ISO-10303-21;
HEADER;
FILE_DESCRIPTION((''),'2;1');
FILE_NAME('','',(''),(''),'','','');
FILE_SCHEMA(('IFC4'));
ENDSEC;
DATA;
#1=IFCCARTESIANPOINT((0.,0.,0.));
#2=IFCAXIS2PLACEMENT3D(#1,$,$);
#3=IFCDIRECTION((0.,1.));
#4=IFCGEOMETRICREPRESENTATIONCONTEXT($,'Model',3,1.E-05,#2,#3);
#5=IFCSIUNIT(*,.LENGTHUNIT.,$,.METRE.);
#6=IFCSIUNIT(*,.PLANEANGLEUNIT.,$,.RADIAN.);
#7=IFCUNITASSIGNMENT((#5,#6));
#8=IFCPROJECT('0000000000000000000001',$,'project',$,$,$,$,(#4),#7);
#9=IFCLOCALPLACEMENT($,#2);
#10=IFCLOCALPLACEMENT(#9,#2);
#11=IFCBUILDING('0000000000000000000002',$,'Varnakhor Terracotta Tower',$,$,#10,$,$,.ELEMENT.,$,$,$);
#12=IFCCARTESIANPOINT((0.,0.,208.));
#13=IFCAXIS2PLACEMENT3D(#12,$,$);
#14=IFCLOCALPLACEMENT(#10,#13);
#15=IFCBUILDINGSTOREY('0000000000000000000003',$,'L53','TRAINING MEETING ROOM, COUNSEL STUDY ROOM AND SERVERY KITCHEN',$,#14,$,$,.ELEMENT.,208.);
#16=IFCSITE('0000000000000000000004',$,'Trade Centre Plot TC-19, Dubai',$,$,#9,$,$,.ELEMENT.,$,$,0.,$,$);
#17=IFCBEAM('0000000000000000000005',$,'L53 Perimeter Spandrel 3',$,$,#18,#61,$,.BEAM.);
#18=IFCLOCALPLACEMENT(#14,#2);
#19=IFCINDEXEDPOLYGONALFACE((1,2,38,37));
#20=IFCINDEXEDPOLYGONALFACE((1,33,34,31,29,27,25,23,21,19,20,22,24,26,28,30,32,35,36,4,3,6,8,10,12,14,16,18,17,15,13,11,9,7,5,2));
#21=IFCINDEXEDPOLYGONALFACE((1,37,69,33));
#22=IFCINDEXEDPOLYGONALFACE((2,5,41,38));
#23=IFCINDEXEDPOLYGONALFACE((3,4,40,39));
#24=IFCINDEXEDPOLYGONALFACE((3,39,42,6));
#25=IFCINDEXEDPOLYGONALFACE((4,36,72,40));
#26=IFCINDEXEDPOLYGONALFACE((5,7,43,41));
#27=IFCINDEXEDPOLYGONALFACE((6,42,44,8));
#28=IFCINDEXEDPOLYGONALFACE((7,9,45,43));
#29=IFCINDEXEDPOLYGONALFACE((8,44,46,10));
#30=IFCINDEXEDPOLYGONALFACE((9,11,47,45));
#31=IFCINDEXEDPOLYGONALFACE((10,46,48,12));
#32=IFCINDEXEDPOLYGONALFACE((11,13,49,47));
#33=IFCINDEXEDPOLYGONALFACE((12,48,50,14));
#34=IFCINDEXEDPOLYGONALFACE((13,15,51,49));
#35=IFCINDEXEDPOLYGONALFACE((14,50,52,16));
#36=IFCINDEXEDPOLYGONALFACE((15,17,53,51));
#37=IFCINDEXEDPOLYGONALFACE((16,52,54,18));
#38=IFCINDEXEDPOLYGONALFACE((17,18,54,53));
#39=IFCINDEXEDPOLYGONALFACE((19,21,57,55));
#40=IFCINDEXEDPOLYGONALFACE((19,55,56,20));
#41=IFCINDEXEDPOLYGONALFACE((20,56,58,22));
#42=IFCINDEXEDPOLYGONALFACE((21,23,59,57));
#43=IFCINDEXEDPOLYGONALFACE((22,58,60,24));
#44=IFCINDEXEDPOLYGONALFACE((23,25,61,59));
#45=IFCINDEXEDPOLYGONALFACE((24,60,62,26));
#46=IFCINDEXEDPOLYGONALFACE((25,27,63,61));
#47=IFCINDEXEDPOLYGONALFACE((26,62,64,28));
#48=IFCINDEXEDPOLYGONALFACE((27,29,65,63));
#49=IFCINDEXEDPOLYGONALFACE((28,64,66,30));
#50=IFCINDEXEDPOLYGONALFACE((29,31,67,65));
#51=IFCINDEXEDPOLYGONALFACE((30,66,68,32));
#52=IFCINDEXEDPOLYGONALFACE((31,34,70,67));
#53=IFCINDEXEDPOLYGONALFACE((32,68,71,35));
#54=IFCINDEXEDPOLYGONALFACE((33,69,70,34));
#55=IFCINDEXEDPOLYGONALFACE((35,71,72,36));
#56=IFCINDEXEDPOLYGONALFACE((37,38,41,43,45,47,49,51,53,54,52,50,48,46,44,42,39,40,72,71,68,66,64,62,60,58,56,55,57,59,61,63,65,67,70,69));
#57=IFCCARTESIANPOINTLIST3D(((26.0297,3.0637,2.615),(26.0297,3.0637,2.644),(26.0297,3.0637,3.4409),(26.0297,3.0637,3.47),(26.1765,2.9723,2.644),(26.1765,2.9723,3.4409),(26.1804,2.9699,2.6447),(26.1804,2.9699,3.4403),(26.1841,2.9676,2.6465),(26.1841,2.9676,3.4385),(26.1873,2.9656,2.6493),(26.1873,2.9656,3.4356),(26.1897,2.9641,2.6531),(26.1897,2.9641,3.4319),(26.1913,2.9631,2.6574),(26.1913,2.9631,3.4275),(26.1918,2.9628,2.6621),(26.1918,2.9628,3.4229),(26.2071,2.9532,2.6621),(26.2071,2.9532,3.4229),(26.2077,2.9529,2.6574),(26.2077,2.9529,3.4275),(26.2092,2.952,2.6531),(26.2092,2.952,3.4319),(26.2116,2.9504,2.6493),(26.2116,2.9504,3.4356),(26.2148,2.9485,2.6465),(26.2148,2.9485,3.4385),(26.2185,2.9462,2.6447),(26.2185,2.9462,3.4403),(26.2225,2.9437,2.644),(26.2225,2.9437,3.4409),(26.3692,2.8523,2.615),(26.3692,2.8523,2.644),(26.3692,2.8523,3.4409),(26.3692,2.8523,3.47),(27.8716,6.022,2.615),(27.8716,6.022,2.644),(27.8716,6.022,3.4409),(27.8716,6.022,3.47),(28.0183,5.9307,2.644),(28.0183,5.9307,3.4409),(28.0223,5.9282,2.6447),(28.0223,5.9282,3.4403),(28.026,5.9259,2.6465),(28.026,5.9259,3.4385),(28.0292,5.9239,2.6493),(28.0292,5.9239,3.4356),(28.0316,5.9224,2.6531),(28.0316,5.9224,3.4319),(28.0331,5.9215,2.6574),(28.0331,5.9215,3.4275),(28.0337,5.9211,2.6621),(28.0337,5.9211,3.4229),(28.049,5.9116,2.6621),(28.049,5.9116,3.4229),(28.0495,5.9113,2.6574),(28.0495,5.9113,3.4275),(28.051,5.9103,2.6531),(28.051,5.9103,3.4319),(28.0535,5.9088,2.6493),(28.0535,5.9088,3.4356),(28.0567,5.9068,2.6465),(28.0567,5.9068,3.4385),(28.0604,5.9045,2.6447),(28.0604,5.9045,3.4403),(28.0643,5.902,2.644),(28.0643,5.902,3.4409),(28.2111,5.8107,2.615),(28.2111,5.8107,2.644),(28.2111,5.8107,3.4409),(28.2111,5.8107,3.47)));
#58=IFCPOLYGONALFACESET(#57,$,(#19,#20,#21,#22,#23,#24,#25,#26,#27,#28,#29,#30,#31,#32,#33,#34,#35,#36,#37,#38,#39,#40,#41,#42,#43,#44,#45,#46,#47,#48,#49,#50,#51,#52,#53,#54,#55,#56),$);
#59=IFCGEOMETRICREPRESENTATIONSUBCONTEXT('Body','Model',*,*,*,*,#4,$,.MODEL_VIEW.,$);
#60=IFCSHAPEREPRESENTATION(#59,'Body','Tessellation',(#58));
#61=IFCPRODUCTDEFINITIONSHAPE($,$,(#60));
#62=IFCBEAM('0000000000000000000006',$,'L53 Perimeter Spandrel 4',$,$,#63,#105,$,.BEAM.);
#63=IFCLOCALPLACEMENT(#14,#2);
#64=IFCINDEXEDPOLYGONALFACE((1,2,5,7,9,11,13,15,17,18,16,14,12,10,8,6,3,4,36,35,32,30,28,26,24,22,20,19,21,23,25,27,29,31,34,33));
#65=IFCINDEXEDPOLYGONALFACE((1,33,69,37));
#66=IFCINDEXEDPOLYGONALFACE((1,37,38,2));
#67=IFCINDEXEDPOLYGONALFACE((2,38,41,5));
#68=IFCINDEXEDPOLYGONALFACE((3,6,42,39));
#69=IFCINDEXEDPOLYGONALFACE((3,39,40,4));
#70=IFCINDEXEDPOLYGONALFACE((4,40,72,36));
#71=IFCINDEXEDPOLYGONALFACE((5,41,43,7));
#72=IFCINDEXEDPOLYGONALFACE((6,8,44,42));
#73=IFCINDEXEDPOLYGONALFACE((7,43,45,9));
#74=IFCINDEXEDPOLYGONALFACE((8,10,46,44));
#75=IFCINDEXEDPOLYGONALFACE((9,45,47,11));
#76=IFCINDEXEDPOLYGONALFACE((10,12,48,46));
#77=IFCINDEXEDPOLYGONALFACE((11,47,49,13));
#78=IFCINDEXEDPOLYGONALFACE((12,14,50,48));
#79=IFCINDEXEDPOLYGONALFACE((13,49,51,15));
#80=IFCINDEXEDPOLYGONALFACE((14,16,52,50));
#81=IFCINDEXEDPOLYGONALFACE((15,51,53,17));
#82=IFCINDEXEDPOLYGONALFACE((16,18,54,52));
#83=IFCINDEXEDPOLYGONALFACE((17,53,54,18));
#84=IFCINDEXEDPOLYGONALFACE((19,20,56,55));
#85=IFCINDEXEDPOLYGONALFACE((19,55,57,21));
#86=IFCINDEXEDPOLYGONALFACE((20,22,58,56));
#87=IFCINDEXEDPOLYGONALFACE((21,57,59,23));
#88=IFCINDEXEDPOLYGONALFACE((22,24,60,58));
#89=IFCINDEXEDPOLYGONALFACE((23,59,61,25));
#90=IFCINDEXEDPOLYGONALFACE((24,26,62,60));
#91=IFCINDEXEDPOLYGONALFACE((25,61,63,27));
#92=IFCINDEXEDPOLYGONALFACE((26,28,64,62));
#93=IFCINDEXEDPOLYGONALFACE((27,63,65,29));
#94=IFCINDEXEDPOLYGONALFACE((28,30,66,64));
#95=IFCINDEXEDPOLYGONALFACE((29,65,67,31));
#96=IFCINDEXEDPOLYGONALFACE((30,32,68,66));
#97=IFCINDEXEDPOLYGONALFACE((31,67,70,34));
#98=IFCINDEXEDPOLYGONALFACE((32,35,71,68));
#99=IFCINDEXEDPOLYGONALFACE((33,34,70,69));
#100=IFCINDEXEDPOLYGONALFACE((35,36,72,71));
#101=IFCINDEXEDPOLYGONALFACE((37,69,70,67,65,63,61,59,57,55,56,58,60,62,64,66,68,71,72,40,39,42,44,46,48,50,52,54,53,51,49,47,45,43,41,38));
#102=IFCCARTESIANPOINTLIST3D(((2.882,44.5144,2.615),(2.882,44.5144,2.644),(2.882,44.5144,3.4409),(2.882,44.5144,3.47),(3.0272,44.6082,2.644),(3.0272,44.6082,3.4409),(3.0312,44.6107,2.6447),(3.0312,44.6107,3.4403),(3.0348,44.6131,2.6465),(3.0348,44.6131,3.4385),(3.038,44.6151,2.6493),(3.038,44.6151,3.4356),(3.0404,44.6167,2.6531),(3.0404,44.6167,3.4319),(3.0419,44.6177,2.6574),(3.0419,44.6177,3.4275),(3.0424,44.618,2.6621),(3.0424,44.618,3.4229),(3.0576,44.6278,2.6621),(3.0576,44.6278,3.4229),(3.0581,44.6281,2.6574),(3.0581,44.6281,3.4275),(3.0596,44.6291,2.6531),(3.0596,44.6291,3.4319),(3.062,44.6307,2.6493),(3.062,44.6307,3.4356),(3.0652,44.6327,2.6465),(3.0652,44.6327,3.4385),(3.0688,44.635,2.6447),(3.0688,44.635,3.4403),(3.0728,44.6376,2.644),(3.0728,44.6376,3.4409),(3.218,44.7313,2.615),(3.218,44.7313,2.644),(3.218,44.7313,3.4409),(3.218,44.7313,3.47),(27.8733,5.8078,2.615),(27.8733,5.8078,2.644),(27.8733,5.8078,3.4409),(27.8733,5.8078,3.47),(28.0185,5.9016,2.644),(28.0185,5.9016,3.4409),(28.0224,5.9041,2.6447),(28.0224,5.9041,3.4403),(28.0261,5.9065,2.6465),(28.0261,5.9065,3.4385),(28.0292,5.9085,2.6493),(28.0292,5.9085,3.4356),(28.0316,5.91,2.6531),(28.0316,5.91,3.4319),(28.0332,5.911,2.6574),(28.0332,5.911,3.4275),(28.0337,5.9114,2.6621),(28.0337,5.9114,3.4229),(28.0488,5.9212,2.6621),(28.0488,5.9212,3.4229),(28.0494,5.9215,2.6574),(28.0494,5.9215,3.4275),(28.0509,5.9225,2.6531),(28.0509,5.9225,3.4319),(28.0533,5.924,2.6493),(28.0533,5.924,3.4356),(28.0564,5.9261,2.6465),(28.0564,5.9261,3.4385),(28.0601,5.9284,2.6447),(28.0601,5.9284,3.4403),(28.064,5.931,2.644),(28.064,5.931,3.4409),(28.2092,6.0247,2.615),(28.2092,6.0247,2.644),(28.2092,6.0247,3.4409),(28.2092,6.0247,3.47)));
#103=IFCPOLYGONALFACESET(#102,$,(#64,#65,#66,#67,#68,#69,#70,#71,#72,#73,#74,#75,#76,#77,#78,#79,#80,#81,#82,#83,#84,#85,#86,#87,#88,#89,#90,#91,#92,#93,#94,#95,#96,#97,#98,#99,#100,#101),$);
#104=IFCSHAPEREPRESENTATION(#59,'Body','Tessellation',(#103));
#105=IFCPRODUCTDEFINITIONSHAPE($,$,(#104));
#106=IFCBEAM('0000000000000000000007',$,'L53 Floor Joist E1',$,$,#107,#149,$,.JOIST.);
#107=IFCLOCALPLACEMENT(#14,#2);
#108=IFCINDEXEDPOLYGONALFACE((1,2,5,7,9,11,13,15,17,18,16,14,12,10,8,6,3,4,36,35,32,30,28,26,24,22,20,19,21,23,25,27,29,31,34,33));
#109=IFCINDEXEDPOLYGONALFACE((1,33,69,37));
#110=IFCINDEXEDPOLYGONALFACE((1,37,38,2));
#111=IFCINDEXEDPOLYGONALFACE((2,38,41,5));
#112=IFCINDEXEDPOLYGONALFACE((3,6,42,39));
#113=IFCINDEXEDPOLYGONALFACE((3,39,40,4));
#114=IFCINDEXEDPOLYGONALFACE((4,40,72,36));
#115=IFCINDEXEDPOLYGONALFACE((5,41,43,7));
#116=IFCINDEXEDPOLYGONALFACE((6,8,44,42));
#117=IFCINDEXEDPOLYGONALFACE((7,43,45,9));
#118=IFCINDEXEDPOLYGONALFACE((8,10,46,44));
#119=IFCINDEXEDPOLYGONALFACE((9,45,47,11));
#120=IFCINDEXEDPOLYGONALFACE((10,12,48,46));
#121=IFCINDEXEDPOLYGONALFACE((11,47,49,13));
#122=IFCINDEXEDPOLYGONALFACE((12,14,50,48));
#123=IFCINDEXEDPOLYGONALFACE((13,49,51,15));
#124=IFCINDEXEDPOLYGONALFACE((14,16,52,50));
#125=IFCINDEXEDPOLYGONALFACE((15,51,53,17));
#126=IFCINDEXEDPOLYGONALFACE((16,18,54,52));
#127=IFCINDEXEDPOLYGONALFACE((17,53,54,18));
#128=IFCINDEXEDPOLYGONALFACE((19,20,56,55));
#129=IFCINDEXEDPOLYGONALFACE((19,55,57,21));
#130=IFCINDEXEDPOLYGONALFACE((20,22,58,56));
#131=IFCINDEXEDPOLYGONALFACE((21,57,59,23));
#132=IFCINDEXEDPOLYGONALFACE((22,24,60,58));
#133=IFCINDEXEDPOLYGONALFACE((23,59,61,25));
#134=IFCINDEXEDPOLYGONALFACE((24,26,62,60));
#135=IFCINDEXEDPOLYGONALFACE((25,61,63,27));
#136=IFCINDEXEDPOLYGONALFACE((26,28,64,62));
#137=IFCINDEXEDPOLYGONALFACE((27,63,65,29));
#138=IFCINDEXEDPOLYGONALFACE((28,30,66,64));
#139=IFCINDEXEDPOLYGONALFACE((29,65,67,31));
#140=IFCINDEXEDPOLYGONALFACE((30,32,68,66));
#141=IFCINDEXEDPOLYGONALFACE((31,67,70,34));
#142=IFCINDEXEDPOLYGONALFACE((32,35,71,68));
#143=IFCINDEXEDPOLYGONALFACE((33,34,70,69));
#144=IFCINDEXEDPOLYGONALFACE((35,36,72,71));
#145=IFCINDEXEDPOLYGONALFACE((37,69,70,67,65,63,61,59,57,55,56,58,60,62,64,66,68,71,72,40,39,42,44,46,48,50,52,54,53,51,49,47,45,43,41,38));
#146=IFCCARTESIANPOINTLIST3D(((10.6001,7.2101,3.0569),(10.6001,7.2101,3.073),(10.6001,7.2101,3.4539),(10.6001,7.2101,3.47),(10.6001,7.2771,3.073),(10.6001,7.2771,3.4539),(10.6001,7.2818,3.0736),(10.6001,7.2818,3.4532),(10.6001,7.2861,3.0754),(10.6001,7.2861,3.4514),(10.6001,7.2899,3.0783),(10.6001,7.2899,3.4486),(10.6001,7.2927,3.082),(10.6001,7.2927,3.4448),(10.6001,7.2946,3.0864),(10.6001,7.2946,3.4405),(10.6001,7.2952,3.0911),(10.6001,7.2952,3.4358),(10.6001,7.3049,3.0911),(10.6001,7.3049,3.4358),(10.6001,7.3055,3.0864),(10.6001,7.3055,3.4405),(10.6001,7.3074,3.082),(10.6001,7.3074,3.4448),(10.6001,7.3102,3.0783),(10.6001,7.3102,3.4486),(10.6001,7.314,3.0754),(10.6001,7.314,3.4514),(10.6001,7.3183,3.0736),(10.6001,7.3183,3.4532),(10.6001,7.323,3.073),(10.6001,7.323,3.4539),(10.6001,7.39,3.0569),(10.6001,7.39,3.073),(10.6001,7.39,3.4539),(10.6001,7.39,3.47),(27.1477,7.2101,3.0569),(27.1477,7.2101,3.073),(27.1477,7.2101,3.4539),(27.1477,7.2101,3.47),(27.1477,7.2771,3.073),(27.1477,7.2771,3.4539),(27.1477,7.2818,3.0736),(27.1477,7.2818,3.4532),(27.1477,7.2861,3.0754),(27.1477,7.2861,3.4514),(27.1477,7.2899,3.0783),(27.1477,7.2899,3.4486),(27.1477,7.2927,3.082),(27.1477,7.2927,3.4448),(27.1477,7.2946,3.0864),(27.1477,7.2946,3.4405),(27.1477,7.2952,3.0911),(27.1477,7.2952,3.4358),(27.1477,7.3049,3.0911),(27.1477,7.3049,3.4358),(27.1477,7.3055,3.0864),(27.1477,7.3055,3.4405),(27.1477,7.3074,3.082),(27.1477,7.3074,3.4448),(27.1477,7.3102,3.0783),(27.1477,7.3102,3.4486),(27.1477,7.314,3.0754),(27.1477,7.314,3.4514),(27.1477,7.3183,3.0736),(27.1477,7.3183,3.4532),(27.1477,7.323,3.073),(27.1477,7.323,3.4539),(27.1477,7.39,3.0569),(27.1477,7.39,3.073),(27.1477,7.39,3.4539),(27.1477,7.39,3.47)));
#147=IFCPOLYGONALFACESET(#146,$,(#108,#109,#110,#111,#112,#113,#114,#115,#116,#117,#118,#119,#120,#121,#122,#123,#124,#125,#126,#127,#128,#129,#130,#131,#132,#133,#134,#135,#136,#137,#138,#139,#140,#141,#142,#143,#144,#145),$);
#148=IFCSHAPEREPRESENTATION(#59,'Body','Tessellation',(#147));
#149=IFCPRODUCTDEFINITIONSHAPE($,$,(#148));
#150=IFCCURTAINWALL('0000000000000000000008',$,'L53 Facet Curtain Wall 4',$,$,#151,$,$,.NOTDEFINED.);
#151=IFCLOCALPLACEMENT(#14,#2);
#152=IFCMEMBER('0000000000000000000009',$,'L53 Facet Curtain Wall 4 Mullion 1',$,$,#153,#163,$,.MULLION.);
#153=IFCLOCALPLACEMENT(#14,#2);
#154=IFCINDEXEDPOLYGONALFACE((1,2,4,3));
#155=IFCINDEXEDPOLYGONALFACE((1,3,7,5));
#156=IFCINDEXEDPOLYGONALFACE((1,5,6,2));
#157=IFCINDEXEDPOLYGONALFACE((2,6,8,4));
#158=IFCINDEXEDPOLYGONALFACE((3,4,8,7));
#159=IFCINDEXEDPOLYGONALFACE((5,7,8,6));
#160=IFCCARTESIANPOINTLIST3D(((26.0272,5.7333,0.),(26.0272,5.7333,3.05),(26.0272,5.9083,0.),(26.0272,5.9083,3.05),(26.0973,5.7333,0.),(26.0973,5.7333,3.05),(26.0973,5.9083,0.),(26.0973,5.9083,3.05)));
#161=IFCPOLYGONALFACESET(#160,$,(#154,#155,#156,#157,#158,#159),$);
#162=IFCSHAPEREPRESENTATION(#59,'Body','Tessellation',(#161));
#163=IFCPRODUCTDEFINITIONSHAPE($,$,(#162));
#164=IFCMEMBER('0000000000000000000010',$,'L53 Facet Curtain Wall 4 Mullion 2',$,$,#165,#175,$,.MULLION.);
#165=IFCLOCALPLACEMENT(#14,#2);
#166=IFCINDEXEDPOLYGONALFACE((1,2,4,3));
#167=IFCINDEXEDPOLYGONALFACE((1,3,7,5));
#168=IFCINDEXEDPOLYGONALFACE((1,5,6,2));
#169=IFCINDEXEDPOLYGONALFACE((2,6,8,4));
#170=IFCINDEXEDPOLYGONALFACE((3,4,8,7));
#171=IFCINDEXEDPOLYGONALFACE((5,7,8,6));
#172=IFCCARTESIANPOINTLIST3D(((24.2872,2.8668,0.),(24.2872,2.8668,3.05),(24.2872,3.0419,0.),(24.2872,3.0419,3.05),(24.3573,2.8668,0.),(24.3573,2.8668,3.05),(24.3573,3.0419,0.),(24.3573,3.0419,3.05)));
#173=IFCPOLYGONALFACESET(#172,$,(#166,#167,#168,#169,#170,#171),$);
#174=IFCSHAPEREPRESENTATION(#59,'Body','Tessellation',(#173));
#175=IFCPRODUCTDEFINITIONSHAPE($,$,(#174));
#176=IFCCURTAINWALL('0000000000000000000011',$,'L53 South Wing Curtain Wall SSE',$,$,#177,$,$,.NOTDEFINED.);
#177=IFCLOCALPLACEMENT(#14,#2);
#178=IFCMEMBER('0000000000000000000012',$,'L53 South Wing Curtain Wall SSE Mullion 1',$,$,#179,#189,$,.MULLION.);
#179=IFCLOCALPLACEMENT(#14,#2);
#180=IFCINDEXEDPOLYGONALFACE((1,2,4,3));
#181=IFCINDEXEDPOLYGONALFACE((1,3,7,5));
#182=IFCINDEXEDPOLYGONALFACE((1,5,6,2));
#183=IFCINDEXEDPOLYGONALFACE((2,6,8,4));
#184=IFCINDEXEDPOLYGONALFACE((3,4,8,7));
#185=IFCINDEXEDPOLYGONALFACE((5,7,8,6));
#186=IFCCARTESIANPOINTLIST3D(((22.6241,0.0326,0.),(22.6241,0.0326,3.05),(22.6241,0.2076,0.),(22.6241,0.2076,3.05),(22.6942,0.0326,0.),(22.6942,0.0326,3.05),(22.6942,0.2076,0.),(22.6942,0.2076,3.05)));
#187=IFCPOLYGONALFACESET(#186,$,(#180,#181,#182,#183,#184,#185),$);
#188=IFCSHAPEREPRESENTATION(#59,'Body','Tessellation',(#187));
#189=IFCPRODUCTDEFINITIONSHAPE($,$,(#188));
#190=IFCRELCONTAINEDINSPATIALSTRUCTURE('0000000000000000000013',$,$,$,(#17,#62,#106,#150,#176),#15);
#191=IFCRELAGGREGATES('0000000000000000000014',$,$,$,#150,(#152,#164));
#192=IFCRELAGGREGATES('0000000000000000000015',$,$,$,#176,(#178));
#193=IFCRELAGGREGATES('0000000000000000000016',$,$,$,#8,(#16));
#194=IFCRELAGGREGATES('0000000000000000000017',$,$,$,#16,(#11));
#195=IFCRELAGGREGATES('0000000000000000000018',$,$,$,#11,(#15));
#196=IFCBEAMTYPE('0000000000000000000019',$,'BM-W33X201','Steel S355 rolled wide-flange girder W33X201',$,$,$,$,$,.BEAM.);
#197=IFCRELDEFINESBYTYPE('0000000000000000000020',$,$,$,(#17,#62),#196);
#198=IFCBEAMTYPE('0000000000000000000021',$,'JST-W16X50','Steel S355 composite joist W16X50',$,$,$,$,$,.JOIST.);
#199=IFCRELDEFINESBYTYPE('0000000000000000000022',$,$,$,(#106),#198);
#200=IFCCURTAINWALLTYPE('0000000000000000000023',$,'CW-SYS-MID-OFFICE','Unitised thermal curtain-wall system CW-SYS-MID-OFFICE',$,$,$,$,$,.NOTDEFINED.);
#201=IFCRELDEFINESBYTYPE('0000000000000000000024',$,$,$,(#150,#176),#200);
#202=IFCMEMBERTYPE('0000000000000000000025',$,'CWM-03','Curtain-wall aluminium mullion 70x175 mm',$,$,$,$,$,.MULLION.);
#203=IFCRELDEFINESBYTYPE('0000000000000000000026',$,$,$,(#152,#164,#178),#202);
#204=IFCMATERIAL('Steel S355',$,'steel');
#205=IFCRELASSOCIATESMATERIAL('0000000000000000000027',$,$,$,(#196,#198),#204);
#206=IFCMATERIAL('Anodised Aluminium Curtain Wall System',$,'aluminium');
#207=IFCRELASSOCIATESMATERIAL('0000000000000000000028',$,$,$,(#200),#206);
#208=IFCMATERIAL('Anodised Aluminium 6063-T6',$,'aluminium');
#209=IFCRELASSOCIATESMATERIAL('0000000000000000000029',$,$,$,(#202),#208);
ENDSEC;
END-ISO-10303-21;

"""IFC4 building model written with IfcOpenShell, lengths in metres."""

from ifc_helpers import new_model, si_unit, direction, frame, origin, origin_2d, place, context, subcontext, project, spatial, rectangle, i_section, extrude, source, transform, mapped, material, material_profile, profile_set, type_object, element, aggregate, save


model = new_model("IFC4")

# Units and contexts
model_context = context("Model", 3, precision=1e-05, world=origin(), true_north=direction((0.0, 1.0)))
body_context = subcontext(model_context, "Body", "Model", "MODEL_VIEW")
ifc_project = project(units=[si_unit("LENGTHUNIT", "METRE"), si_unit("PLANEANGLEUNIT", "RADIAN")], contexts=[model_context])

# Site, building, storey
site_placement = place(None, origin())
site = spatial("IfcSite", under=ifc_project, at=site_placement, Name="Trade Centre Plot TC-19, Dubai", CompositionType="ELEMENT", RefElevation=0.0)
building_placement = place(site_placement, origin())
building = spatial("IfcBuilding", under=site, at=building_placement, Name="Varnakhor Terracotta Tower", CompositionType="ELEMENT")
storey_placement = place(building_placement, frame((0.0, 0.0, 208.0)))
storey = spatial("IfcBuildingStorey", under=building, at=storey_placement, Name="L53", Description="TRAINING MEETING ROOM, COUNSEL STUDY ROOM AND SERVERY KITCHEN", CompositionType="ELEMENT", Elevation=208.0)

# Beams
ifc_material_1 = material(Name="Steel S355", Category="steel")
ifc_material_profile_1 = material_profile(ifc_material_1, i_section(OverallWidth=0.3999, OverallDepth=0.855, WebThickness=0.0181, FlangeThickness=0.0291, FilletRadius=0.0181, at=origin_2d()), Name="W33X201")
ifc_profile_set_1 = profile_set([ifc_material_profile_1], Name="Steel S355")
beam_type_1 = type_object("IfcBeamType", Name="BM-W33X201", Description="Steel S355 rolled wide-flange girder W33X201", PredefinedType="BEAM", material=ifc_profile_set_1)
shared_shape_1 = source(origin(), body_context, "Body", "SweptSolid", [
    extrude(i_section(OverallWidth=0.3999, OverallDepth=0.855, WebThickness=0.0181, FlangeThickness=0.0291, FilletRadius=0.0181, at=origin_2d()), origin(), (0.0, 0.0, 1.0), 3.4849),
])
beam_1_placement = place(storey_placement, frame((26.1995, 2.958, 3.0425), z_axis=(0.528531, 0.848914, 0.0), x_axis=(-0.848914, 0.528531, 0.0)))
element("IfcBeam", 1, at=beam_1_placement, inside=storey, type_object=beam_type_1, Name="L53 Perimeter Spandrel 3", PredefinedType="BEAM", context=body_context, shape_type="MappedRepresentation", body=[
    mapped(shared_shape_1, transform((0.0, 0.0, 0.0), scale=1.0)),
])
shared_shape_2 = source(origin(), body_context, "Body", "SweptSolid", [
    extrude(i_section(OverallWidth=0.3999, OverallDepth=0.855, WebThickness=0.0181, FlangeThickness=0.0291, FilletRadius=0.0181, at=origin_2d()), origin(), (0.0, 0.0, 1.0), 46.0735),
])
beam_2_placement = place(storey_placement, frame((28.0413, 5.9163, 3.0425), z_axis=(-0.542422, 0.840106, 0.0), x_axis=(-0.840106, -0.542422, 0.0)))
element("IfcBeam", 2, at=beam_2_placement, inside=storey, type_object=beam_type_1, Name="L53 Perimeter Spandrel 4", PredefinedType="BEAM", context=body_context, shape_type="MappedRepresentation", body=[
    mapped(shared_shape_2, transform((0.0, 0.0, 0.0), scale=1.0)),
])
ifc_material_profile_2 = material_profile(ifc_material_1, i_section(OverallWidth=0.1799, OverallDepth=0.4131, WebThickness=0.0098, FlangeThickness=0.0161, FilletRadius=0.0181, at=origin_2d()), Name="W16X50")
ifc_profile_set_2 = profile_set([ifc_material_profile_2], Name="Steel S355")
beam_type_2 = type_object("IfcBeamType", Name="JST-W16X50", Description="Steel S355 composite joist W16X50", PredefinedType="JOIST", material=ifc_profile_set_2)
shared_shape_3 = source(origin(), body_context, "Body", "SweptSolid", [
    extrude(i_section(OverallWidth=0.1799, OverallDepth=0.4131, WebThickness=0.0098, FlangeThickness=0.0161, FilletRadius=0.0181, at=origin_2d()), origin(), (0.0, 0.0, 1.0), 16.5476),
])
beam_3_placement = place(storey_placement, frame((10.6001, 7.3, 3.2634), z_axis=(1.0, 0.0, 0.0), x_axis=(0.0, 1.0, 0.0)))
element("IfcBeam", 3, at=beam_3_placement, inside=storey, type_object=beam_type_2, Name="L53 Floor Joist E1", PredefinedType="JOIST", context=body_context, shape_type="MappedRepresentation", body=[
    mapped(shared_shape_3, transform((0.0, 0.0, 0.0), scale=1.0)),
])

# Curtain walls, members
ifc_material_2 = material(Name="Anodised Aluminium Curtain Wall System", Category="aluminium")
curtain_wall_type = type_object("IfcCurtainWallType", Name="CW-SYS-MID-OFFICE", Description="Unitised thermal curtain-wall system CW-SYS-MID-OFFICE", PredefinedType="NOTDEFINED", material=ifc_material_2)
curtain_wall_1_placement = place(storey_placement, origin())
curtain_wall_1 = element("IfcCurtainWall", 4, at=curtain_wall_1_placement, inside=storey, type_object=curtain_wall_type, Name="L53 Facet Curtain Wall 4", PredefinedType="NOTDEFINED")
ifc_material_3 = material(Name="Anodised Aluminium 6063-T6", Category="aluminium")
ifc_material_profile_3 = material_profile(ifc_material_3, rectangle(XDim=0.0701, YDim=0.175, at=origin_2d()), Name="ALU MULLION 70x175")
ifc_profile_set_3 = profile_set([ifc_material_profile_3], Name="Anodised Aluminium 6063-T6")
member_type_1 = type_object("IfcMemberType", Name="CWM-03", Description="Curtain-wall aluminium mullion 70x175 mm", PredefinedType="MULLION", material=ifc_profile_set_3)
shared_shape_4 = source(origin(), body_context, "Body", "SweptSolid", [
    extrude(rectangle(XDim=0.0701, YDim=0.175, at=origin_2d()), origin(), (0.0, 0.0, 1.0), 3.05),
])
member_1_placement = place(storey_placement, frame((26.0623, 5.8208, 0.0), z_axis=(0.0, 0.0, 1.0), x_axis=(1.0, 0.0, 0.0)))
member_1 = element("IfcMember", 5, at=member_1_placement, type_object=member_type_1, Name="L53 Facet Curtain Wall 4 Mullion 1", PredefinedType="MULLION", context=body_context, shape_type="MappedRepresentation", body=[
    mapped(shared_shape_4, transform((0.0, 0.0, 0.0), scale=1.0)),
])
member_2_placement = place(storey_placement, frame((24.3223, 2.9543, 0.0), z_axis=(0.0, 0.0, 1.0), x_axis=(1.0, 0.0, 0.0)))
member_2 = element("IfcMember", 6, at=member_2_placement, type_object=member_type_1, Name="L53 Facet Curtain Wall 4 Mullion 2", PredefinedType="MULLION", context=body_context, shape_type="MappedRepresentation", body=[
    mapped(shared_shape_4, transform((0.0, 0.0, 0.0), scale=1.0)),
])
curtain_wall_2_placement = place(storey_placement, origin())
curtain_wall_2 = element("IfcCurtainWall", 7, at=curtain_wall_2_placement, inside=storey, type_object=curtain_wall_type, Name="L53 South Wing Curtain Wall SSE", PredefinedType="NOTDEFINED")
member_3_placement = place(storey_placement, frame((22.6592, 0.1201, 0.0), z_axis=(0.0, 0.0, 1.0), x_axis=(1.0, 0.0, 0.0)))
member_3 = element("IfcMember", 8, at=member_3_placement, type_object=member_type_1, Name="L53 South Wing Curtain Wall SSE Mullion 1", PredefinedType="MULLION", context=body_context, shape_type="MappedRepresentation", body=[
    mapped(shared_shape_4, transform((0.0, 0.0, 0.0), scale=1.0)),
])

aggregate(curtain_wall_1, [member_1, member_2])
aggregate(curtain_wall_2, [member_3])

save(model, "model.ifc")
